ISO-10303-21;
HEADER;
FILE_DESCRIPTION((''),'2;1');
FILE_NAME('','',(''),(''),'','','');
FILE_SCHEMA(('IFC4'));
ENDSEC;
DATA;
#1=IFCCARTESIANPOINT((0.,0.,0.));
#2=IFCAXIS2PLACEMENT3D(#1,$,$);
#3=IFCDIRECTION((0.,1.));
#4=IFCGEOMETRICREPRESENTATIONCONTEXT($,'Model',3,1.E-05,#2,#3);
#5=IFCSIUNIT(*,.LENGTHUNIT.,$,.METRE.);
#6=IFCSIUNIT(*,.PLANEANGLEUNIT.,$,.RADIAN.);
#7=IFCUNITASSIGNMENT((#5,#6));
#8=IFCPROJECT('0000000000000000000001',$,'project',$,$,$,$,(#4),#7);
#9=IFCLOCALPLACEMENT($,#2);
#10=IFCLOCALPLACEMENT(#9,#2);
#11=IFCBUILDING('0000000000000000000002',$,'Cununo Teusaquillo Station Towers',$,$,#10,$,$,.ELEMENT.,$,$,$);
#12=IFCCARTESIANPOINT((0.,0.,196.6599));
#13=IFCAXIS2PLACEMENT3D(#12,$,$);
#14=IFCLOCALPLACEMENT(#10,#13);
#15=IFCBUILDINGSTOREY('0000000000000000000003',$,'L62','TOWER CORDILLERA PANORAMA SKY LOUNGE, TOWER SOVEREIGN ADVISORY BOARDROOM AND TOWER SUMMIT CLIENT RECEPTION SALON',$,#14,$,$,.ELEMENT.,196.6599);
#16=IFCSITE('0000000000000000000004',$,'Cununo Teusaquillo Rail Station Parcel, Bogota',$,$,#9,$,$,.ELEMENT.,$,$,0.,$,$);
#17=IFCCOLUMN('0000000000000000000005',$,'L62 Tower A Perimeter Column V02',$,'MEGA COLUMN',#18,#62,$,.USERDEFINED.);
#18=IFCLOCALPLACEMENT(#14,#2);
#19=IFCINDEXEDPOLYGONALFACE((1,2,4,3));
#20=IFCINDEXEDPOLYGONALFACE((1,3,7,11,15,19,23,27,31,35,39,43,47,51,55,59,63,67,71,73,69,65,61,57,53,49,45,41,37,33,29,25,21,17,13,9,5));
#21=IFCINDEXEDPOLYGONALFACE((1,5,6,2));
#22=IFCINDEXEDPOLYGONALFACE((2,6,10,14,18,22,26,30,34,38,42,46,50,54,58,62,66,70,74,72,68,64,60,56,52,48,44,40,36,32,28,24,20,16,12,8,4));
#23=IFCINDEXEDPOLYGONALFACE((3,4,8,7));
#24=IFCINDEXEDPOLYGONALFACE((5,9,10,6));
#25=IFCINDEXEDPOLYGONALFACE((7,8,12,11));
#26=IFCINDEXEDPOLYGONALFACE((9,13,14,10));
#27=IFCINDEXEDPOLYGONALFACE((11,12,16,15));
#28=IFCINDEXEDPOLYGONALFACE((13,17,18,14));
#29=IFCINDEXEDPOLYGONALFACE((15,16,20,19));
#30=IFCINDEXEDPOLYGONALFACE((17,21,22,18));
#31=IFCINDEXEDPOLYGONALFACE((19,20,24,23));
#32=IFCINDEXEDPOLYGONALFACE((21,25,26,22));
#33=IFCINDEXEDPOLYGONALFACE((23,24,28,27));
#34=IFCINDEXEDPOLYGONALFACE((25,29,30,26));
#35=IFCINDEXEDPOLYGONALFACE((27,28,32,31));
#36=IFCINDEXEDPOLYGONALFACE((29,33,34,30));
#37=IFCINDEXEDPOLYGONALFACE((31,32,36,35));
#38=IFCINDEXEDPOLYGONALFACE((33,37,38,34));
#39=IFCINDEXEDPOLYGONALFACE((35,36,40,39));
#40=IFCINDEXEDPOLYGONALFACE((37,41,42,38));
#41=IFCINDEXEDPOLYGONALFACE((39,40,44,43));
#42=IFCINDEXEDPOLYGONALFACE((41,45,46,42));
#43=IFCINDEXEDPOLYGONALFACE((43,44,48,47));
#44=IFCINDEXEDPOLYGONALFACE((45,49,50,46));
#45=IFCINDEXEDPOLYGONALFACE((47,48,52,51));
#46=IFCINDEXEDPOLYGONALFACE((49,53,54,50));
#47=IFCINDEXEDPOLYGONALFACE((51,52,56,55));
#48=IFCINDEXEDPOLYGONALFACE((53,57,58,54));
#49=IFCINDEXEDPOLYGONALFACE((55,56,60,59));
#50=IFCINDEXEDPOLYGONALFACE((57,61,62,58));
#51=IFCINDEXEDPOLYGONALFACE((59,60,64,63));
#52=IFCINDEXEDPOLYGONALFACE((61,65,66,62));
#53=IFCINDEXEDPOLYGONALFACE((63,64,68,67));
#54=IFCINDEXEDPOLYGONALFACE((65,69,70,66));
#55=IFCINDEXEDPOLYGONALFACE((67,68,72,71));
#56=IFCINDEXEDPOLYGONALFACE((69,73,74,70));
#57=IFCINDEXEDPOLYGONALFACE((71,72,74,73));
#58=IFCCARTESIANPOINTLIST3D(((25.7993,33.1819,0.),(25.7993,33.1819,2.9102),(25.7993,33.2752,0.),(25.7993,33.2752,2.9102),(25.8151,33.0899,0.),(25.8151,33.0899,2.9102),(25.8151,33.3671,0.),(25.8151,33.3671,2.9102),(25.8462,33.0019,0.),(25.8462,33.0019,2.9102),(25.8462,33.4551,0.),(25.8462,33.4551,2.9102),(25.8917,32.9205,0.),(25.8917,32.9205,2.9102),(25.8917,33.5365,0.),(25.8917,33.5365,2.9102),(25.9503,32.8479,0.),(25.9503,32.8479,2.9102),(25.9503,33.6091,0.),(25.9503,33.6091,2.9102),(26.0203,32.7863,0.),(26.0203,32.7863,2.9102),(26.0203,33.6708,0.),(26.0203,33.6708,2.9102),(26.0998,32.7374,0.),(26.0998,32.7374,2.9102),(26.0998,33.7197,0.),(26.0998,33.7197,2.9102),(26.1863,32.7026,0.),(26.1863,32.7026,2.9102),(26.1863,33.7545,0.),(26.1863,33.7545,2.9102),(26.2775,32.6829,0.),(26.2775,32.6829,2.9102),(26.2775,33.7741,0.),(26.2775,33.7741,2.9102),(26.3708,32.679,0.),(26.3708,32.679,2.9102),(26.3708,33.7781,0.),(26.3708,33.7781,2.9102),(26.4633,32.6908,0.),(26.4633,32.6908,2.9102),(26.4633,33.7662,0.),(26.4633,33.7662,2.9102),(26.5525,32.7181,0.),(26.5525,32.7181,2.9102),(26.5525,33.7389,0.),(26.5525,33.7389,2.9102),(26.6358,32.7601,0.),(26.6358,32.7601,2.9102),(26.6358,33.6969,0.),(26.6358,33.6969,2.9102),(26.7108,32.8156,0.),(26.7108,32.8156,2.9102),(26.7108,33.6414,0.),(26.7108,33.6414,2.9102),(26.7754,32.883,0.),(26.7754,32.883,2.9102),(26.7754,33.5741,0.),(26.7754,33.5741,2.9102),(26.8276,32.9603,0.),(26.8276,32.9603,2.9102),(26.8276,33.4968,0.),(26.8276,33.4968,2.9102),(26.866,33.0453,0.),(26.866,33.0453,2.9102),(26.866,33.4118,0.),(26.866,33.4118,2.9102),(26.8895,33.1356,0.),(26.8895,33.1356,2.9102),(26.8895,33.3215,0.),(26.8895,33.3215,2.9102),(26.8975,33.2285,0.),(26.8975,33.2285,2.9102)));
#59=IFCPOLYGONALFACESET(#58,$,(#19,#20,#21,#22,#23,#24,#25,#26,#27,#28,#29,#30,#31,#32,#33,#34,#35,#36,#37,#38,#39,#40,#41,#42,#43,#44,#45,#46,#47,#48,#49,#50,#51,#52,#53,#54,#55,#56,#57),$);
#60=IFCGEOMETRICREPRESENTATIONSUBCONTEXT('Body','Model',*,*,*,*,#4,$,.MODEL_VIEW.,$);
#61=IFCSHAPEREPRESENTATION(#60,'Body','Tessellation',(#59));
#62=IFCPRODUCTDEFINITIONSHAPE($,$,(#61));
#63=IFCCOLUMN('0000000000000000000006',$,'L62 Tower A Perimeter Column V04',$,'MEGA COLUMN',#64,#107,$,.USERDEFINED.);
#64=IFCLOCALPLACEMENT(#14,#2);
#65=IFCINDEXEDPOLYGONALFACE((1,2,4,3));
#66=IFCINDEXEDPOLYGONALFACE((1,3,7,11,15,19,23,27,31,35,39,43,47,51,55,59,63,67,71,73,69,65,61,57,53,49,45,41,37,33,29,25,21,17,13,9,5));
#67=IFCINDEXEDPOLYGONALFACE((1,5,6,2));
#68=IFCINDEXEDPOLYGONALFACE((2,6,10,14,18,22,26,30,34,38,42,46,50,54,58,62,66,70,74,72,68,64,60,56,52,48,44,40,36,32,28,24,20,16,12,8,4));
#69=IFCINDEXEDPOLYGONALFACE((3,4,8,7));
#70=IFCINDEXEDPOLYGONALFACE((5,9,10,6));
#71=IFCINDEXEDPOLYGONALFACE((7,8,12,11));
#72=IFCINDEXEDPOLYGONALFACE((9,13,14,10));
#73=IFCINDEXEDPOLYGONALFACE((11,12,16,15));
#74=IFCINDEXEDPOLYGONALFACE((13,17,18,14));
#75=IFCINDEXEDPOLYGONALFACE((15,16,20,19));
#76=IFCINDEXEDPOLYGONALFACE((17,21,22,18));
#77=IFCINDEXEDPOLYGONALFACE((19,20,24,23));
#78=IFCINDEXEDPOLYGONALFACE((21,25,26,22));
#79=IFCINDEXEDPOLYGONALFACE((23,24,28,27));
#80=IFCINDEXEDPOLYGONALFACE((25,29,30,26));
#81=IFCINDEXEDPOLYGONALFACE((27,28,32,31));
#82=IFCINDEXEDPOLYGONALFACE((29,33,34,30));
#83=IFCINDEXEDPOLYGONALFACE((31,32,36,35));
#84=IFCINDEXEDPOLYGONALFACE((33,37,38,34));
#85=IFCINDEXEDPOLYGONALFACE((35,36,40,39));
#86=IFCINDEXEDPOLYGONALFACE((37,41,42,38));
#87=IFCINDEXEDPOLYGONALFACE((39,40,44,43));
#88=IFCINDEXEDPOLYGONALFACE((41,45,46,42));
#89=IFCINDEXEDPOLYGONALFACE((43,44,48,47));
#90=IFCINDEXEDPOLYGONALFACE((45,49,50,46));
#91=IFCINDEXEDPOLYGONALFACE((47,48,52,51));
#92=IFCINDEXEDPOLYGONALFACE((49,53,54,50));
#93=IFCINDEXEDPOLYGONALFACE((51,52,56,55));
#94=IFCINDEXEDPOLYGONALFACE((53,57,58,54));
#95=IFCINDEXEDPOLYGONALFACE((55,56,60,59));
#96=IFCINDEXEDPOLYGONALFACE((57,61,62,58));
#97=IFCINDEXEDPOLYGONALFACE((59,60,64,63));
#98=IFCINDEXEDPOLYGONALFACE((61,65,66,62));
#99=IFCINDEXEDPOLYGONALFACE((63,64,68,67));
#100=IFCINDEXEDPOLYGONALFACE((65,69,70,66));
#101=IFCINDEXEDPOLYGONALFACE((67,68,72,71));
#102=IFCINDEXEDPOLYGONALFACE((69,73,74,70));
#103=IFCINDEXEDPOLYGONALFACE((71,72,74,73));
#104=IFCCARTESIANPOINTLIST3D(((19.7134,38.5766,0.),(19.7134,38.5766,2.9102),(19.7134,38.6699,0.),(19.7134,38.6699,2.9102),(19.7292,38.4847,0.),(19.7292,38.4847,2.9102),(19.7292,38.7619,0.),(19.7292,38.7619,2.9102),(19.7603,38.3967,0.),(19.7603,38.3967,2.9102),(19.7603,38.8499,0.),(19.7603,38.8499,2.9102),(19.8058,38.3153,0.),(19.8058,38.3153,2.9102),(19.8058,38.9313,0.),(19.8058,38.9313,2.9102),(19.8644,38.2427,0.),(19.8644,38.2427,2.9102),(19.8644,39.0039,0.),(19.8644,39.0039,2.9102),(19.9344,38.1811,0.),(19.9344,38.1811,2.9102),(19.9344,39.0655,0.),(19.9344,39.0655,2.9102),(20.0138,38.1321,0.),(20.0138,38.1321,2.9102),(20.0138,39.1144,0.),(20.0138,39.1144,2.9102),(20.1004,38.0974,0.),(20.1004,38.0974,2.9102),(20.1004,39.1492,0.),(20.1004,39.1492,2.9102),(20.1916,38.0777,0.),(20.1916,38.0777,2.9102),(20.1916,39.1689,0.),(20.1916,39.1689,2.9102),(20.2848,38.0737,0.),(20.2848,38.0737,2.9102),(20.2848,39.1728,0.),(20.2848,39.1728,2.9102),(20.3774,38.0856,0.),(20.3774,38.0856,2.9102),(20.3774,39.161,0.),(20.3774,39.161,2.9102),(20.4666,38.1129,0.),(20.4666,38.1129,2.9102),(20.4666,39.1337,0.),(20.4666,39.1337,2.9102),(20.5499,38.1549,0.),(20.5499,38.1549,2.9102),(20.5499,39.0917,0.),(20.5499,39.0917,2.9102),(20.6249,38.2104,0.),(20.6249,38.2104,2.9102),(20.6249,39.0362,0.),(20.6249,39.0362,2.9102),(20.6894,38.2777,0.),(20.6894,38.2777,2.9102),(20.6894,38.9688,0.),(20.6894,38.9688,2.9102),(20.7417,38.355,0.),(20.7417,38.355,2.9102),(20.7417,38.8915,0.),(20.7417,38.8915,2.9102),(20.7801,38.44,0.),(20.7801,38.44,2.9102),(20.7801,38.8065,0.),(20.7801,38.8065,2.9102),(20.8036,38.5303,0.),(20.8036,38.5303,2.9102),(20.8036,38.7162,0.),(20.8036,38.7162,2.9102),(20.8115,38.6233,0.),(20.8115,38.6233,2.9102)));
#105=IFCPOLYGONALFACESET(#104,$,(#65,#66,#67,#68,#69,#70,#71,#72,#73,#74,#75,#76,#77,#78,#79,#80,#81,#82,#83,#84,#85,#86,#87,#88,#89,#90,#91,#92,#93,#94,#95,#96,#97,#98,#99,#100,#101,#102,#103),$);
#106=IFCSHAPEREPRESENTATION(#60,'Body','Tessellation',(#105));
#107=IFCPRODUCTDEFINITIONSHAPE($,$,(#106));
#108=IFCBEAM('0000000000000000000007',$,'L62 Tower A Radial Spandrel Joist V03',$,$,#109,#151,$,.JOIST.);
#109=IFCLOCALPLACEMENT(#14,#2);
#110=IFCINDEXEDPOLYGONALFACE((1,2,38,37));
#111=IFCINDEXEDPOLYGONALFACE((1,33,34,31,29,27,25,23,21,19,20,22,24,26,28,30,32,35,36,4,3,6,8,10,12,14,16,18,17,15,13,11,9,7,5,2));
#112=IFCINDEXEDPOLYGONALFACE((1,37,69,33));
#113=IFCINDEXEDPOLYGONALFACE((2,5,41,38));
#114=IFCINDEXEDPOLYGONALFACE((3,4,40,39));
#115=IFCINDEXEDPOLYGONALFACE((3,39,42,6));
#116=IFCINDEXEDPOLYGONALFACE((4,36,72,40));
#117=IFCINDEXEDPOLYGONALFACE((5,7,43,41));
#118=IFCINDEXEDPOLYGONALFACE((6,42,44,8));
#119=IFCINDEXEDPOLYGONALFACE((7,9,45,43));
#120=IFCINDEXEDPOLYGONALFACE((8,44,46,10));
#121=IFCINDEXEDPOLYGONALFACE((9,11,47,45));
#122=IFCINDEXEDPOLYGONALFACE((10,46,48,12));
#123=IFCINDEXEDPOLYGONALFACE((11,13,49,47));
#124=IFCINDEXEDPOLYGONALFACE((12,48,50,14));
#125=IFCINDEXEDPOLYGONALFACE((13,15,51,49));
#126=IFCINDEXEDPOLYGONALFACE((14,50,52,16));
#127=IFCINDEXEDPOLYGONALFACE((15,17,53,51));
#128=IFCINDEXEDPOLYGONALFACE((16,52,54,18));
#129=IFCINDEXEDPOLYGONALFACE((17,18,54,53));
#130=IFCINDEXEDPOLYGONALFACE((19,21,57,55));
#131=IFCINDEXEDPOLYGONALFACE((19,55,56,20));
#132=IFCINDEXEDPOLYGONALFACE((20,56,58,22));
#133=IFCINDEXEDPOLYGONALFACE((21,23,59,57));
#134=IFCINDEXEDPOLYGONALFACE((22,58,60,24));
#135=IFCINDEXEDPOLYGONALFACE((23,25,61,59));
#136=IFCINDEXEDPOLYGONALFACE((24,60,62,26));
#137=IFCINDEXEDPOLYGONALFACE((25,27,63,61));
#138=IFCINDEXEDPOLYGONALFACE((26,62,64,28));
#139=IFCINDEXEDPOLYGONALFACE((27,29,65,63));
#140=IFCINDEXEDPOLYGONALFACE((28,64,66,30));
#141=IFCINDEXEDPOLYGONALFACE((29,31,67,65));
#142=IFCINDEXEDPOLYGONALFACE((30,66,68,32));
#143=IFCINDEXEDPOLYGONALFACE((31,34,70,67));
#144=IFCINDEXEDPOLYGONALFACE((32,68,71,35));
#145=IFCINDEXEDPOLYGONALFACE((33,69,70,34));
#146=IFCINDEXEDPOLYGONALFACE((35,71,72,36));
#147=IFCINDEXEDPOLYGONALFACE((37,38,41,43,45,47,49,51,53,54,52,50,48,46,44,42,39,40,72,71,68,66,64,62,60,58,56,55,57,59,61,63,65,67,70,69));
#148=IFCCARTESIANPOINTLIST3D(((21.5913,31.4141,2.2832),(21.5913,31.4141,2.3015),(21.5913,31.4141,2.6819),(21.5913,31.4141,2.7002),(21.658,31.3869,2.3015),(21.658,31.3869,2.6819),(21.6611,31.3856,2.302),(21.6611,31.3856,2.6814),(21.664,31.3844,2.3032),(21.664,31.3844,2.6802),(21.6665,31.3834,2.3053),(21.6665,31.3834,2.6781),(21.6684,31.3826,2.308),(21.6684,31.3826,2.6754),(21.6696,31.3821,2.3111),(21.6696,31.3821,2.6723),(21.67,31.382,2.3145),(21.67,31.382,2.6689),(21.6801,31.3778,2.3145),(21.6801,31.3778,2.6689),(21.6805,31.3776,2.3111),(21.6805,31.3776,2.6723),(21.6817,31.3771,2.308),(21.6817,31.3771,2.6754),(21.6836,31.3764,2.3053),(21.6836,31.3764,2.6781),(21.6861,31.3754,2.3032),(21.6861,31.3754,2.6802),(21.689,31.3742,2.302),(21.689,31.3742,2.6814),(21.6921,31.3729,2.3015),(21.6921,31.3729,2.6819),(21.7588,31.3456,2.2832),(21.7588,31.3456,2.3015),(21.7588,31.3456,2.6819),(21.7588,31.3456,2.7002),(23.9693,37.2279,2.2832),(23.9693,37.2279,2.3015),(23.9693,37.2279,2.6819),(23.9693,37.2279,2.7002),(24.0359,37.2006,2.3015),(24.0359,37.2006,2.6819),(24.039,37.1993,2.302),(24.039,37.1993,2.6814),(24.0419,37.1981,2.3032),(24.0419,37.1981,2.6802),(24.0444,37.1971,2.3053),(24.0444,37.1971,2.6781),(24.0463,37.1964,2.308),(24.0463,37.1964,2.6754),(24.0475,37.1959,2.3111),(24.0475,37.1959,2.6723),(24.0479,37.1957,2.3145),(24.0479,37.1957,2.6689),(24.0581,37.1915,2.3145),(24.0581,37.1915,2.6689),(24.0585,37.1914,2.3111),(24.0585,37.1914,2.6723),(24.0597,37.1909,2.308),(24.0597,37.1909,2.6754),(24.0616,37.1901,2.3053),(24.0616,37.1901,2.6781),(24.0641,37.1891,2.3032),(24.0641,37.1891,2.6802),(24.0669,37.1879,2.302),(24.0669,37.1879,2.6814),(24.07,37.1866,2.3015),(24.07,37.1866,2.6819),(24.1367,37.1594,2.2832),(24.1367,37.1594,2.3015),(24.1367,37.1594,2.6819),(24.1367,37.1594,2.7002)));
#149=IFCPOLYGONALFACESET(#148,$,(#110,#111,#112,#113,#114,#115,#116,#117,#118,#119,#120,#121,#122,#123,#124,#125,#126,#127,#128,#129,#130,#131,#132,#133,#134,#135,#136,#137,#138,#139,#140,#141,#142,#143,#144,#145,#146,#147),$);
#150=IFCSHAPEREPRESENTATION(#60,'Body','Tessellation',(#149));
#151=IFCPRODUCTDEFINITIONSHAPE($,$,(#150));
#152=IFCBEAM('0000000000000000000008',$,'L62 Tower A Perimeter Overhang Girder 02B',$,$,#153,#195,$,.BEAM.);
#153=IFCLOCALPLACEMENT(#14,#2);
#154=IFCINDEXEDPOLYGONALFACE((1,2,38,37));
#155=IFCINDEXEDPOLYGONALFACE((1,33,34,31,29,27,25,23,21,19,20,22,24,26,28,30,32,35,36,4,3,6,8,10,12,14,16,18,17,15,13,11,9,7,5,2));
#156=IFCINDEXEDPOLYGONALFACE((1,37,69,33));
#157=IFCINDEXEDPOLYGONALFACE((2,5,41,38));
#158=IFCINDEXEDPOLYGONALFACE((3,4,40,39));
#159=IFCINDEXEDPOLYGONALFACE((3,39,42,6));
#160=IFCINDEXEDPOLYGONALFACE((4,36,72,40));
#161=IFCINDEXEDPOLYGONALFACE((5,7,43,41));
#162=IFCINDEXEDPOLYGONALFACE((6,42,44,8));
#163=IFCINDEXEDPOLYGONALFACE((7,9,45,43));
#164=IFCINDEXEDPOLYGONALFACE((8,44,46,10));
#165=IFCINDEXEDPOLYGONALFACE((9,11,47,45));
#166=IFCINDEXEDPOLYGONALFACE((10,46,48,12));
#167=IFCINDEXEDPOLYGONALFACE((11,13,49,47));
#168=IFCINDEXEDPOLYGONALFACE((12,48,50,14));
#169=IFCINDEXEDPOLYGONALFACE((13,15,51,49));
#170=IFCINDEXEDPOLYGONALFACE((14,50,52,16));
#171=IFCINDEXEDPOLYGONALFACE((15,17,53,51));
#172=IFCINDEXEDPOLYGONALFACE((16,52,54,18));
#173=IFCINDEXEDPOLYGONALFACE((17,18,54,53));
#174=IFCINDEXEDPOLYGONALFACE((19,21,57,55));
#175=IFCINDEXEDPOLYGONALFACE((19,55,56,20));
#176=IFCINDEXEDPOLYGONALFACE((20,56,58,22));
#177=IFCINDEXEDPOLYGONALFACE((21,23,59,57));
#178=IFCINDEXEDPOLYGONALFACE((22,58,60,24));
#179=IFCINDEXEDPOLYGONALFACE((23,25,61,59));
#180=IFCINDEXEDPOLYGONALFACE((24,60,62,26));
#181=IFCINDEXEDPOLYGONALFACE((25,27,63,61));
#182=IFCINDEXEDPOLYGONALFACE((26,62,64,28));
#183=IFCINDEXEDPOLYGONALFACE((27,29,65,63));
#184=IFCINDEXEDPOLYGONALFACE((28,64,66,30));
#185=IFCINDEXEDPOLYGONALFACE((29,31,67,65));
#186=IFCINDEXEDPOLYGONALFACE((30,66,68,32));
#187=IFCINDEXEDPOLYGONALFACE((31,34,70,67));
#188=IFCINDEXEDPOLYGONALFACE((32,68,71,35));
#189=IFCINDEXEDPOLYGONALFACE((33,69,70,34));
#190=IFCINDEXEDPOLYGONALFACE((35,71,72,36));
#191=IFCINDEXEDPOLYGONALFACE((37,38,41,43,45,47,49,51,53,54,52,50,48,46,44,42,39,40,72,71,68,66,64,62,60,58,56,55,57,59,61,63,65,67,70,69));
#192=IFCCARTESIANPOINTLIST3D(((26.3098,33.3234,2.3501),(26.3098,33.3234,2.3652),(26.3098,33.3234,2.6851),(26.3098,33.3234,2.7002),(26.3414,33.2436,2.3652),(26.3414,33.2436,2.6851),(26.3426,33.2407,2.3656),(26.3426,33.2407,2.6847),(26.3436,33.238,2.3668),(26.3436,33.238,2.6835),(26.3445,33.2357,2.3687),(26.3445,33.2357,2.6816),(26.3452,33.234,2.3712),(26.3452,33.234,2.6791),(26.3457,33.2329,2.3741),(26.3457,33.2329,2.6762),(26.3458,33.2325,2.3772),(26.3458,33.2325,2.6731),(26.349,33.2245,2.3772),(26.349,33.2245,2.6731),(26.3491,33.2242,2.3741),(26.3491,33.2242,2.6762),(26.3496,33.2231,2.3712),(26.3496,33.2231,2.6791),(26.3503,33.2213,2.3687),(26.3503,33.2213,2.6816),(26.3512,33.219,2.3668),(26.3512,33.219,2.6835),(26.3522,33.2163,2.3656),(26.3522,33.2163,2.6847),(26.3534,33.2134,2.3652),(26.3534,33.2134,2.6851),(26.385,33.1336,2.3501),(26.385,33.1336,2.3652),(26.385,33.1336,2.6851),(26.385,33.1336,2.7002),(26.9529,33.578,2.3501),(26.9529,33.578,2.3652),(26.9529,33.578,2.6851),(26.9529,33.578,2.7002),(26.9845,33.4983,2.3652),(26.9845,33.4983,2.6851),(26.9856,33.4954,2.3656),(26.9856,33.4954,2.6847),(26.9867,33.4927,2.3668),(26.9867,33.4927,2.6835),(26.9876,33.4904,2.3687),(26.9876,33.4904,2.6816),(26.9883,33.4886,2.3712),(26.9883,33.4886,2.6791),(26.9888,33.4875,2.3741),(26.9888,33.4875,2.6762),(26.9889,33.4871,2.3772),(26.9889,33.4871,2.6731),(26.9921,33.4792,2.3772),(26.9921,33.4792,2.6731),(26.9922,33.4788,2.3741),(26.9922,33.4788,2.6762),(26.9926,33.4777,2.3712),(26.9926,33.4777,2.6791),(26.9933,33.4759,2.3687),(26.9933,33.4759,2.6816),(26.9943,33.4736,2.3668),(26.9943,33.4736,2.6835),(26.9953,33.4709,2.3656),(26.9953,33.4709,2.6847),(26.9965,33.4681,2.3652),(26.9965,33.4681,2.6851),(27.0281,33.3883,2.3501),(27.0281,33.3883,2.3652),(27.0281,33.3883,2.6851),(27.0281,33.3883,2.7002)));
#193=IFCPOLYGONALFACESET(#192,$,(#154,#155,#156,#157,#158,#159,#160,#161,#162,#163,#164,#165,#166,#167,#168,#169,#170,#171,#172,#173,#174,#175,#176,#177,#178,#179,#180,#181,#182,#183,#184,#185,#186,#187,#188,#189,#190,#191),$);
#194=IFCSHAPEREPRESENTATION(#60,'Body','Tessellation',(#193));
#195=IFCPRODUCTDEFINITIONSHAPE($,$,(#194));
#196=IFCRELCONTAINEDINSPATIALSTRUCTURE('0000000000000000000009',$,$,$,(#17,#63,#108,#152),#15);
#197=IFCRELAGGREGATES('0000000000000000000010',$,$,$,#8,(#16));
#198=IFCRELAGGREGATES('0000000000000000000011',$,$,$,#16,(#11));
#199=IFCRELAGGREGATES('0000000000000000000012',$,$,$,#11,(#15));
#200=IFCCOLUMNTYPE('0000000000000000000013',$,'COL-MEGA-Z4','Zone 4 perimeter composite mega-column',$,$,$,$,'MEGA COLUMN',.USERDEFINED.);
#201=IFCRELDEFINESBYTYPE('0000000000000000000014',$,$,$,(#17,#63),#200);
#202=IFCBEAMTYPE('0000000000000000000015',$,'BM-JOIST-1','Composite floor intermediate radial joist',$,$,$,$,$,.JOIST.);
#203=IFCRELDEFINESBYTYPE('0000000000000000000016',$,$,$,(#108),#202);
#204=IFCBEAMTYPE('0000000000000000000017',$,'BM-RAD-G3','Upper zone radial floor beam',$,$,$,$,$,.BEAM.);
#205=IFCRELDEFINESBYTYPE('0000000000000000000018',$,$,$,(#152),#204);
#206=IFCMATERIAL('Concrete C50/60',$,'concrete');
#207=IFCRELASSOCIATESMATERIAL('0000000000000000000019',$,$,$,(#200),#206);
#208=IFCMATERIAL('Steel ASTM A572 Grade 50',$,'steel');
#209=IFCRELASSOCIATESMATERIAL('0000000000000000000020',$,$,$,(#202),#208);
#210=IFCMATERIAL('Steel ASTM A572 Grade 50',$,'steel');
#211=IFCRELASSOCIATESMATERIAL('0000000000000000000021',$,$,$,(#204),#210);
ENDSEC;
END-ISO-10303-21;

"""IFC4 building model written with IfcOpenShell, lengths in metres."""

from ifc_helpers import new_model, si_unit, direction, frame, origin, origin_2d, place, context, subcontext, project, spatial, circle, i_section, extrude, material, material_profile, profile_set, type_object, element, save


model = new_model("IFC4")

# Units and contexts
model_context = context("Model", 3, precision=1e-05, world=origin(), true_north=direction((0.0, 1.0)))
body_context = subcontext(model_context, "Body", "Model", "MODEL_VIEW")
ifc_project = project(units=[si_unit("LENGTHUNIT", "METRE"), si_unit("PLANEANGLEUNIT", "RADIAN")], contexts=[model_context])

# Site, building, storey
site_placement = place(None, origin())
site = spatial("IfcSite", under=ifc_project, at=site_placement, Name="Cununo Teusaquillo Rail Station Parcel, Bogota", CompositionType="ELEMENT", RefElevation=0.0)
building_placement = place(site_placement, origin())
building = spatial("IfcBuilding", under=site, at=building_placement, Name="Cununo Teusaquillo Station Towers", CompositionType="ELEMENT")
storey_placement = place(building_placement, frame((0.0, 0.0, 196.6599)))
storey = spatial("IfcBuildingStorey", under=building, at=storey_placement, Name="L62", Description="TOWER CORDILLERA PANORAMA SKY LOUNGE, TOWER SOVEREIGN ADVISORY BOARDROOM AND TOWER SUMMIT CLIENT RECEPTION SALON", CompositionType="ELEMENT", Elevation=196.6599)

# Columns
ifc_material_1 = material(Name="Concrete C50/60", Category="concrete")
ifc_material_profile_1 = material_profile(ifc_material_1, circle(Radius=0.55, at=origin_2d()), Name="RC-CIRC-1100")
ifc_profile_set_1 = profile_set([ifc_material_profile_1], Name="Concrete C50/60")
column_type = type_object("IfcColumnType", Name="COL-MEGA-Z4", Description="Zone 4 perimeter composite mega-column", ElementType="MEGA COLUMN", PredefinedType="USERDEFINED", material=ifc_profile_set_1)
for number, where, z_axis, x_axis, name in (
    (1, (26.3474, 33.2285, 0.0), (0.0, 0.0, 1.0), (1.0, 0.0, 0.0), "L62 Tower A Perimeter Column V02"),
    (2, (20.2615, 38.6233, 0.0), (0.0, 0.0, 1.0), (1.0, 0.0, 0.0), "L62 Tower A Perimeter Column V04"),
):
    element("IfcColumn", number, at=place(storey_placement, frame(where, z_axis=z_axis, x_axis=x_axis)), inside=storey, type_object=column_type, Name=name, ObjectType="MEGA COLUMN", PredefinedType="USERDEFINED", context=body_context, shape_type="SweptSolid", body=[
        extrude(circle(Radius=0.55, at=origin_2d()), origin(), (0.0, 0.0, 1.0), 2.9102),
    ])

# Beams
ifc_material_2 = material(Name="Steel ASTM A572 Grade 50", Category="steel")
ifc_material_profile_2 = material_profile(ifc_material_2, i_section(OverallWidth=0.1809, OverallDepth=0.417, WebThickness=0.011, FlangeThickness=0.0183, FilletRadius=0.0129, at=origin_2d()), Name="W16X57")
ifc_profile_set_2 = profile_set([ifc_material_profile_2], Name="Steel ASTM A572 Grade 50")
beam_type_1 = type_object("IfcBeamType", Name="BM-JOIST-1", Description="Composite floor intermediate radial joist", PredefinedType="JOIST", material=ifc_profile_set_2)
beam_1_placement = place(storey_placement, frame((21.675, 31.3799, 2.4917), z_axis=(0.378577, 0.92557, 0.0), x_axis=(-0.92557, 0.378577, 0.0)))
element("IfcBeam", 3, at=beam_1_placement, inside=storey, type_object=beam_type_1, Name="L62 Tower A Radial Spandrel Joist V03", PredefinedType="JOIST", context=body_context, shape_type="SweptSolid", body=[
    extrude(i_section(OverallWidth=0.1809, OverallDepth=0.417, WebThickness=0.011, FlangeThickness=0.0183, FilletRadius=0.0129, at=origin_2d()), origin(), (0.0, 0.0, 1.0), 6.2812),
])
ifc_material_3 = material(Name="Steel ASTM A572 Grade 50", Category="steel")
ifc_material_profile_3 = material_profile(ifc_material_3, i_section(OverallWidth=0.2041, OverallDepth=0.3501, WebThickness=0.0085, FlangeThickness=0.0151, FilletRadius=0.012, at=origin_2d()), Name="W14X48")
ifc_profile_set_3 = profile_set([ifc_material_profile_3], Name="Steel ASTM A572 Grade 50")
beam_type_2 = type_object("IfcBeamType", Name="BM-RAD-G3", Description="Upper zone radial floor beam", PredefinedType="BEAM", material=ifc_profile_set_3)
beam_2_placement = place(storey_placement, frame((26.3474, 33.2285, 2.5251), z_axis=(0.929761, 0.368163, 0.0), x_axis=(-0.368163, 0.929761, 0.0)))
element("IfcBeam", 4, at=beam_2_placement, inside=storey, type_object=beam_type_2, Name="L62 Tower A Perimeter Overhang Girder 02B", PredefinedType="BEAM", context=body_context, shape_type="SweptSolid", body=[
    extrude(i_section(OverallWidth=0.2041, OverallDepth=0.3501, WebThickness=0.0085, FlangeThickness=0.0151, FilletRadius=0.012, at=origin_2d()), origin(), (0.0, 0.0, 1.0), 0.6917),
])

save(model, "model.ifc")
